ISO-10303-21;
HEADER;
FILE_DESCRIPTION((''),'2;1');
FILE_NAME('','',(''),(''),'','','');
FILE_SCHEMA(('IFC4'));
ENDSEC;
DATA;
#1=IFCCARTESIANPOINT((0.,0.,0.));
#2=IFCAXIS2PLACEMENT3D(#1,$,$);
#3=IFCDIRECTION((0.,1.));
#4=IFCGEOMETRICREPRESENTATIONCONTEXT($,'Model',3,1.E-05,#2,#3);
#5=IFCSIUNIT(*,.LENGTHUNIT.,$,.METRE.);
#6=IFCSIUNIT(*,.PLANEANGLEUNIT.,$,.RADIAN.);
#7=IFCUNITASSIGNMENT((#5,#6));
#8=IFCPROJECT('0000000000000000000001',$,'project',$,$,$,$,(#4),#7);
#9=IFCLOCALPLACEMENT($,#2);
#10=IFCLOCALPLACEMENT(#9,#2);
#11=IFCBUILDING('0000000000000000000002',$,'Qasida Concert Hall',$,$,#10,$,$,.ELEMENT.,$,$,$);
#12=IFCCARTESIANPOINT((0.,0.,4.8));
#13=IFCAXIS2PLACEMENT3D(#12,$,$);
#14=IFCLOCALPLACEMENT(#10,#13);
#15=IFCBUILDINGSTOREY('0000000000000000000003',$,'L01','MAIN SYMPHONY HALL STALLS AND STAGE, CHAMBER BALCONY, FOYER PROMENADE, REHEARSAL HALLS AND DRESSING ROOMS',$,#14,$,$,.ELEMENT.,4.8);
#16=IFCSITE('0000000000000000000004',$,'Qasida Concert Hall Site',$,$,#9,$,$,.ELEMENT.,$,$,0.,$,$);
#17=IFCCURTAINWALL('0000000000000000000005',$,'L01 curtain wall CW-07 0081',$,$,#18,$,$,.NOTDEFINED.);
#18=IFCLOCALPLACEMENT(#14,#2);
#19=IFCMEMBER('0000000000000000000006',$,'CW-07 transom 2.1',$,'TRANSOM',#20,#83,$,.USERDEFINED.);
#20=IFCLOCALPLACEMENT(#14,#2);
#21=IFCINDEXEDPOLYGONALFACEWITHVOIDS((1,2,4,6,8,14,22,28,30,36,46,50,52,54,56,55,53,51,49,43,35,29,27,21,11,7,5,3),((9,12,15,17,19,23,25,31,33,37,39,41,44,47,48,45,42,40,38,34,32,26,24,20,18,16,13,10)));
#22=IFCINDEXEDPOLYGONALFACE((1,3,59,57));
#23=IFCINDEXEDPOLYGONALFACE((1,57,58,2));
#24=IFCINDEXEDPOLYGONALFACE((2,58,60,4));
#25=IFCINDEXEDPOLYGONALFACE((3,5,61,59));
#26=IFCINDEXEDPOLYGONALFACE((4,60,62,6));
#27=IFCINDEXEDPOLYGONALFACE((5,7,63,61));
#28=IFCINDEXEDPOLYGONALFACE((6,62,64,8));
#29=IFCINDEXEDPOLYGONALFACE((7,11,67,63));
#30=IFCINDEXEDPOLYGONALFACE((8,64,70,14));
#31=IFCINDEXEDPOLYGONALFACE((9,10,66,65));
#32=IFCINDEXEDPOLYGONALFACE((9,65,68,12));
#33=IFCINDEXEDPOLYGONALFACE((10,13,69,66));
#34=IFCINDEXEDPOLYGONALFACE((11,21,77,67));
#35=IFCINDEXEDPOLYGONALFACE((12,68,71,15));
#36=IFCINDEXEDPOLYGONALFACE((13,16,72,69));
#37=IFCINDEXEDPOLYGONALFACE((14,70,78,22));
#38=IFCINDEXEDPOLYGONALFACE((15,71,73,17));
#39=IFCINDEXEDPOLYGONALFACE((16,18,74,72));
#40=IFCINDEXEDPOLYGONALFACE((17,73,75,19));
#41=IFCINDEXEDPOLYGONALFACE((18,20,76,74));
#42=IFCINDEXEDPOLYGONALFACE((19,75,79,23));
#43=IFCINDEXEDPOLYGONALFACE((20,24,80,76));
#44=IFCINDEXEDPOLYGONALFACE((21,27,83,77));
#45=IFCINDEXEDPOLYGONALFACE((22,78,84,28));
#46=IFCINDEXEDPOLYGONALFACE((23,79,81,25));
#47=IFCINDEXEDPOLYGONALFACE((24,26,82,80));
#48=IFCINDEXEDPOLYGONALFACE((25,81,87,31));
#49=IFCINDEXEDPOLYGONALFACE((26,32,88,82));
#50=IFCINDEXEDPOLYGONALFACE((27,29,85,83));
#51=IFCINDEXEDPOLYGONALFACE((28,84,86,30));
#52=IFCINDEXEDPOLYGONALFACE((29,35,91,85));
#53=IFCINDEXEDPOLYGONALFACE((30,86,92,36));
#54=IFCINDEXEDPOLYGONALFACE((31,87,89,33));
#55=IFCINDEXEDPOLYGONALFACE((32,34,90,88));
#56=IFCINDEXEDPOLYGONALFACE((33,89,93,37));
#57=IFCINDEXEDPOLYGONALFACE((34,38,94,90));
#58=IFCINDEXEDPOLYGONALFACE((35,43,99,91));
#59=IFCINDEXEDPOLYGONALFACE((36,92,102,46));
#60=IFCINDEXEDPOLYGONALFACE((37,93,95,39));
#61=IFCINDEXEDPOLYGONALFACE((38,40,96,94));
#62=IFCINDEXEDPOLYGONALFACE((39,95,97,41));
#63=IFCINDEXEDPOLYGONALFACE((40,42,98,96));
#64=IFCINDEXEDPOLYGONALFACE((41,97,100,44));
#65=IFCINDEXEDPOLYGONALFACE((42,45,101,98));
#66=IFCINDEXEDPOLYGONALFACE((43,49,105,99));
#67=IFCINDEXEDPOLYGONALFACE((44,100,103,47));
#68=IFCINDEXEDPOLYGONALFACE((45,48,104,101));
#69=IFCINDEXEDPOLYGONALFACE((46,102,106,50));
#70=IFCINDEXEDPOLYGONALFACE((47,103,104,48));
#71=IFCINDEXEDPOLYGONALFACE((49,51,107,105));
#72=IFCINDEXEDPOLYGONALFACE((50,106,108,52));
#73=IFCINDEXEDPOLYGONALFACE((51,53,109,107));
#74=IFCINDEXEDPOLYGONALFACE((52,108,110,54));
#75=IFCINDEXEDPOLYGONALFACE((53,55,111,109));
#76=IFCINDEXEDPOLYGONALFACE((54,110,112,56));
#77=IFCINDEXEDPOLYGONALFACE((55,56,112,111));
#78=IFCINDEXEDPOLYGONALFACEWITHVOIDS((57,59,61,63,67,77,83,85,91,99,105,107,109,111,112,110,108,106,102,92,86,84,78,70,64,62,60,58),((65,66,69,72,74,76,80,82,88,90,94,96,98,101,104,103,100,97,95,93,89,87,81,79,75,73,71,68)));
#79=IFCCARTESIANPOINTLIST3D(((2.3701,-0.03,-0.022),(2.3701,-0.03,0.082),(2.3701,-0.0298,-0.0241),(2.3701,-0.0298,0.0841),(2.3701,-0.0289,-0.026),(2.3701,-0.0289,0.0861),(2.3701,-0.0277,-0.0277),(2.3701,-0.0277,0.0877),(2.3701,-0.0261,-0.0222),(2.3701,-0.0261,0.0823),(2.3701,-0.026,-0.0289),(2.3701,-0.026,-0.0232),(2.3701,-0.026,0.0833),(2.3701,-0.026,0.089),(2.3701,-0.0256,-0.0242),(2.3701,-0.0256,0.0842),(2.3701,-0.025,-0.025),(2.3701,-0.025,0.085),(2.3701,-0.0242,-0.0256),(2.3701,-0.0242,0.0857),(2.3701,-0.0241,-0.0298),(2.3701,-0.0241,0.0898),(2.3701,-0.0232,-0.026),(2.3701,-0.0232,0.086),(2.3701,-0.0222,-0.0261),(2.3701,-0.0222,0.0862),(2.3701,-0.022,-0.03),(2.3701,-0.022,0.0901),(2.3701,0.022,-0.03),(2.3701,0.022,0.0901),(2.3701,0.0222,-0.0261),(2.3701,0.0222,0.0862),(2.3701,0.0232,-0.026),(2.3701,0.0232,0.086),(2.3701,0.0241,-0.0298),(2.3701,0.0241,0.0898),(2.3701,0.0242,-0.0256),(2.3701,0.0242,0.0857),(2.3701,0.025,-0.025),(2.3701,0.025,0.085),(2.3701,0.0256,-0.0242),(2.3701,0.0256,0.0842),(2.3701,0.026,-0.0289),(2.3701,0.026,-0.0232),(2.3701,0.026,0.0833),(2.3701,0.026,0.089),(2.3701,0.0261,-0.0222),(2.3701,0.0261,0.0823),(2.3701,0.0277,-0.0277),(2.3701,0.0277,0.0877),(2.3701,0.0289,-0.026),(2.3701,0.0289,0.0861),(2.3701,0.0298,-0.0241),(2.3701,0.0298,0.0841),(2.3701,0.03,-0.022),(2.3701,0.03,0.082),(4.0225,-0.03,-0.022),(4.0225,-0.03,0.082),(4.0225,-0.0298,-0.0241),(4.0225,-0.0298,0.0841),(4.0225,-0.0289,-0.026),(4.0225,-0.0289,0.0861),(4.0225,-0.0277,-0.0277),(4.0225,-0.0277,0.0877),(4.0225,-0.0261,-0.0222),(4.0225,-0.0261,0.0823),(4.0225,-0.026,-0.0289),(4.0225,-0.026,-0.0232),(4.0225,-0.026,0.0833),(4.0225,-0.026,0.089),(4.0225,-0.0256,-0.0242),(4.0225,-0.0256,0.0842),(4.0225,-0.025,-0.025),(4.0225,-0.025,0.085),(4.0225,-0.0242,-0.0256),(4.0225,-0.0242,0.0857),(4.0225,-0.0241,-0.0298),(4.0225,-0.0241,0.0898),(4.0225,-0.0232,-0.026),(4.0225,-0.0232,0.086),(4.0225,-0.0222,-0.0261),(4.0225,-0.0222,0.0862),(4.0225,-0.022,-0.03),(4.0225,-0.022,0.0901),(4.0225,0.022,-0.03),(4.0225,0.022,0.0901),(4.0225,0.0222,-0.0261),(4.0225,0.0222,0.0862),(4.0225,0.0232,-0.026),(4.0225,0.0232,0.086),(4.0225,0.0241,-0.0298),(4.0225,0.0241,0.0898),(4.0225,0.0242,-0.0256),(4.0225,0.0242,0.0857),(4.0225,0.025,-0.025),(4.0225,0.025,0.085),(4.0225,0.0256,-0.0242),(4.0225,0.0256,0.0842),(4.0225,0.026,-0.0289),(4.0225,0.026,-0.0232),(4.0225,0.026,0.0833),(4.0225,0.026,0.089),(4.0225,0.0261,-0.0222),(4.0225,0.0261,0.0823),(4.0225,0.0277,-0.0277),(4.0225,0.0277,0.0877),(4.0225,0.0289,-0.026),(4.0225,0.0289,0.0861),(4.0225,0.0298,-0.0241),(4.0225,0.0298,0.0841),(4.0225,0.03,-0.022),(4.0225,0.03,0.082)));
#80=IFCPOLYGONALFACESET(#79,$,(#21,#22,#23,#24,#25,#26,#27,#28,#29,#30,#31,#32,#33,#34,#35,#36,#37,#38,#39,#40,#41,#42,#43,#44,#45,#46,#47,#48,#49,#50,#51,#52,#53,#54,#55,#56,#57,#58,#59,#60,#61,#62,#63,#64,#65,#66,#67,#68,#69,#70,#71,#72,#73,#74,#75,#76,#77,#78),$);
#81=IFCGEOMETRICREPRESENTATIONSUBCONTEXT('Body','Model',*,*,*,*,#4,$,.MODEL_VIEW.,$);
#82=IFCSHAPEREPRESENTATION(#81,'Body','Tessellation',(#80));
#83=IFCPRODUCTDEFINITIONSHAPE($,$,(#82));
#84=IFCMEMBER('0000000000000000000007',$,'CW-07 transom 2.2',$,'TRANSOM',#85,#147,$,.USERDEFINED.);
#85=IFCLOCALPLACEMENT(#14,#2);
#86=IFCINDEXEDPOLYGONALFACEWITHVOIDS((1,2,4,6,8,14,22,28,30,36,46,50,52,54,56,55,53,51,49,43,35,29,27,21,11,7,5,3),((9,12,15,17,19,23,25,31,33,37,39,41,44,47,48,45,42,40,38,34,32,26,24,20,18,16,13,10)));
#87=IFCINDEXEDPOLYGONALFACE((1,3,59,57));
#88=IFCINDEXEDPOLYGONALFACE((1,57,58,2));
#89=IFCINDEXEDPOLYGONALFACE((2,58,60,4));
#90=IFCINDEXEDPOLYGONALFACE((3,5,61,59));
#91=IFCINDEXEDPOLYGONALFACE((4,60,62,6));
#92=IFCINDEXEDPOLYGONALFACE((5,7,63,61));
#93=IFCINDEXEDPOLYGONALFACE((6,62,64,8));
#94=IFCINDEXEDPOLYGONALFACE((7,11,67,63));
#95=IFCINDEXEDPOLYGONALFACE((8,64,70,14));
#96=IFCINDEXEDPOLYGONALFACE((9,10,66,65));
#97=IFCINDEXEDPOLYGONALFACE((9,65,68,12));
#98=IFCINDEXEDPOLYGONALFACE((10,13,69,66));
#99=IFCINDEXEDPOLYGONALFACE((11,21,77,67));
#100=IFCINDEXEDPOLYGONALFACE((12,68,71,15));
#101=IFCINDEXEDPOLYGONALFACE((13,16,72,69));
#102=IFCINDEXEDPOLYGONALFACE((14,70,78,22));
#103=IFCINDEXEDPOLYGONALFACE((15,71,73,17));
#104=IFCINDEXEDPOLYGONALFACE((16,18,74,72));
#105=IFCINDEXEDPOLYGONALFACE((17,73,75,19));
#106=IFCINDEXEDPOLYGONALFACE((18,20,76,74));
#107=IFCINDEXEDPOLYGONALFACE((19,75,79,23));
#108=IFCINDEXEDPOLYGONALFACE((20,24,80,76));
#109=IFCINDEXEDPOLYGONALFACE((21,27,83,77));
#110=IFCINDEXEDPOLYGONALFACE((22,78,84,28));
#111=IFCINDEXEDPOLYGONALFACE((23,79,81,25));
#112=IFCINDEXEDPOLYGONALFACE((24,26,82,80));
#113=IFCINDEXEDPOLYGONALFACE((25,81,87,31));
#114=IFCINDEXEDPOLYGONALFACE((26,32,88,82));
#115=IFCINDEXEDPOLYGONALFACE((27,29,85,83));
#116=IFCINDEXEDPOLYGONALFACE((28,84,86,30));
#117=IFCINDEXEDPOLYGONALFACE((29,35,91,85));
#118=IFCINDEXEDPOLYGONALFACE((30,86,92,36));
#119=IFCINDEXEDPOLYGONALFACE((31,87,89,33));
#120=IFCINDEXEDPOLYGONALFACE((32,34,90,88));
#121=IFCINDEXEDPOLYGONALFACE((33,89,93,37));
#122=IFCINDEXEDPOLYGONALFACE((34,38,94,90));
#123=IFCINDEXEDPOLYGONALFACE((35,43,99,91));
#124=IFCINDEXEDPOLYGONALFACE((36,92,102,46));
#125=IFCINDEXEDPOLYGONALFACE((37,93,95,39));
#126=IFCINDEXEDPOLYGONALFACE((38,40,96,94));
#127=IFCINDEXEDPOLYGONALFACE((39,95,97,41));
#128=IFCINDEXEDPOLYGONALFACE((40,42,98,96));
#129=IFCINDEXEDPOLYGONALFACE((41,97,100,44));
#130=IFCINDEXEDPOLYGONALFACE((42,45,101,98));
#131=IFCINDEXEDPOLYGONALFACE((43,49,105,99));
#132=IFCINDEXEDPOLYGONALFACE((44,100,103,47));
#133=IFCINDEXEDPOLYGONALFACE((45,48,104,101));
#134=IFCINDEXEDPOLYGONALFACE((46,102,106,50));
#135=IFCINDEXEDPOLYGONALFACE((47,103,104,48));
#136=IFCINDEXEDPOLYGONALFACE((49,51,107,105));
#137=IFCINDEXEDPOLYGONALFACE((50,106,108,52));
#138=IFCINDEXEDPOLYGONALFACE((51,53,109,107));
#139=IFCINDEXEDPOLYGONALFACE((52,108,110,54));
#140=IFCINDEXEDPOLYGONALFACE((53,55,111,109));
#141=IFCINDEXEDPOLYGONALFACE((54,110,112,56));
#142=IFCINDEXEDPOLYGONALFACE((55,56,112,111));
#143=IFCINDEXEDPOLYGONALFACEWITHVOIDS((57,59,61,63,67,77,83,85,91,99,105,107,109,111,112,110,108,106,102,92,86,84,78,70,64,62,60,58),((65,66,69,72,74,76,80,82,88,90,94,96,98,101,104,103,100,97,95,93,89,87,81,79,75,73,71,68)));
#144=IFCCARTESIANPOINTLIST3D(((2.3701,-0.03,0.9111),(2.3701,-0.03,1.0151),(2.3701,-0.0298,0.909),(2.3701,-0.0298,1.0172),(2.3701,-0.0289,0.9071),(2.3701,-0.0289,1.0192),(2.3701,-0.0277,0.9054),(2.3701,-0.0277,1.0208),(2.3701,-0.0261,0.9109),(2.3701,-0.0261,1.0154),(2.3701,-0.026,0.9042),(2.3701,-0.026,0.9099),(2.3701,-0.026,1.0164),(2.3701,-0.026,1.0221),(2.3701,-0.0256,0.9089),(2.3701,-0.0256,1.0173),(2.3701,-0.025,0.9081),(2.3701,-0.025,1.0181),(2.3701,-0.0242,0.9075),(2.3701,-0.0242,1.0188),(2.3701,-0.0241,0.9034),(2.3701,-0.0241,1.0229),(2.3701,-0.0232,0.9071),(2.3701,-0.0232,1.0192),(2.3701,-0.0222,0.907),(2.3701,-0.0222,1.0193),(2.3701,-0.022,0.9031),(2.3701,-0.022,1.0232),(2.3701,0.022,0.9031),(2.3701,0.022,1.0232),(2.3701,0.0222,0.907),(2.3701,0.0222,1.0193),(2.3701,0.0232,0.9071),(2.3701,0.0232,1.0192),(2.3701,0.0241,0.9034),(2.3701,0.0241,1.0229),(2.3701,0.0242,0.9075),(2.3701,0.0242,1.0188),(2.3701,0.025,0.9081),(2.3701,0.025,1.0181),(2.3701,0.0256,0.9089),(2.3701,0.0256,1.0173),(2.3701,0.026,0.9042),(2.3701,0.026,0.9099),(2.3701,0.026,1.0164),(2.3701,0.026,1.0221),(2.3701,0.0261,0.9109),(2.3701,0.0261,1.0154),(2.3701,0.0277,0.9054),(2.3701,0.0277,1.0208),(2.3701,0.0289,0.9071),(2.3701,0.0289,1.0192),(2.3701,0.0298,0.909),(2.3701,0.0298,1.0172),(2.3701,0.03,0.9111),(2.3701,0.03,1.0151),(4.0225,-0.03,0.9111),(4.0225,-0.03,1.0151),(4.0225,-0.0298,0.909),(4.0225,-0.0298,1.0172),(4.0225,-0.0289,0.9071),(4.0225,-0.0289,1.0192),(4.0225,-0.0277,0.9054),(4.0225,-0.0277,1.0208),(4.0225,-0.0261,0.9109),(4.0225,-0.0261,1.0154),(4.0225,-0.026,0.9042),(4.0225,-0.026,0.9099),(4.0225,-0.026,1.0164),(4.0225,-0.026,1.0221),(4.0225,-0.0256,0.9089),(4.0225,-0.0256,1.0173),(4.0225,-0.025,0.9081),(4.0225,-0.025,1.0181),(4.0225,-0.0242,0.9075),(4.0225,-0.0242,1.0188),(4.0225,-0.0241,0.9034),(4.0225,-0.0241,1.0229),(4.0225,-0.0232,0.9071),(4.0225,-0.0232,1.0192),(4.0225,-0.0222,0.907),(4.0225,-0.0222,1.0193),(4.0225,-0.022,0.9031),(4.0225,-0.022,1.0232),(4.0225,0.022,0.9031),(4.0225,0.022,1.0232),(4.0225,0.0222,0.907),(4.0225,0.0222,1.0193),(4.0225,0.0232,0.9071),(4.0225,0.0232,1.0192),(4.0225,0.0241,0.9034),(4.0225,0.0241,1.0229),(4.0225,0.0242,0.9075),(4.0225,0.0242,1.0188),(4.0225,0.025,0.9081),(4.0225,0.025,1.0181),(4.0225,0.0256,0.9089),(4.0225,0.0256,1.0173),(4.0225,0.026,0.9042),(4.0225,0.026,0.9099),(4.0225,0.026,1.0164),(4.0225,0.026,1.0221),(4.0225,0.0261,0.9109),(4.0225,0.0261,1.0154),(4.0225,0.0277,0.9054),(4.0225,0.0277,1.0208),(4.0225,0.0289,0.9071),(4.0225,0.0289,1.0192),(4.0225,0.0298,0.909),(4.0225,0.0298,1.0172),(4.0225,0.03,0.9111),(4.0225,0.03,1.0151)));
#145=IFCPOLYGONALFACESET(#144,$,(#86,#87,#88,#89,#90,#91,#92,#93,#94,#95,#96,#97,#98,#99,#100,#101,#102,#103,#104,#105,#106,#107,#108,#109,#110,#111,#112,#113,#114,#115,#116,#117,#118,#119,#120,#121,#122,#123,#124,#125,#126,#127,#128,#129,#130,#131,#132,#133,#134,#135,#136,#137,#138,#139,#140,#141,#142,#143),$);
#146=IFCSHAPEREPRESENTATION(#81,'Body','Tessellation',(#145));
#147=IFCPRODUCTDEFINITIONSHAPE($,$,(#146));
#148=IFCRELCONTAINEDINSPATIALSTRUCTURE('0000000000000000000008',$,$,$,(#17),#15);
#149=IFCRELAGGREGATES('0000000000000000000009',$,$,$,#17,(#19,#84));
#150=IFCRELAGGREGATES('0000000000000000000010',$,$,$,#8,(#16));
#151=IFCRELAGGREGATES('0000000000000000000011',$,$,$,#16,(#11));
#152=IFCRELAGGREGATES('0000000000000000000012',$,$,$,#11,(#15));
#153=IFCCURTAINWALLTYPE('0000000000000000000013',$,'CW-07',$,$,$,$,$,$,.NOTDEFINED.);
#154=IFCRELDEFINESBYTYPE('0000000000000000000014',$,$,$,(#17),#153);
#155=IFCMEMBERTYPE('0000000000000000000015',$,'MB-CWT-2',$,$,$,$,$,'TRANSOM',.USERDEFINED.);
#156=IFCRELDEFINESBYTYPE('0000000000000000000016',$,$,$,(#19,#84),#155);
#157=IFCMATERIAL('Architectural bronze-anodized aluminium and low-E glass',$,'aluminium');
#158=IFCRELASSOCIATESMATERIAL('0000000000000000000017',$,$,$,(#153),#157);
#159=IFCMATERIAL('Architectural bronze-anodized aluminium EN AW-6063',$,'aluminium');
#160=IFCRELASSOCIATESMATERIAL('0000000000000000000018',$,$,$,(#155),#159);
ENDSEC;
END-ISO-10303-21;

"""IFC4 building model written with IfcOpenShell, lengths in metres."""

from ifc_helpers import new_model, si_unit, direction, frame, origin, origin_2d, place, context, subcontext, project, spatial, hollow_rectangle, extrude, material, material_profile, profile_set, type_object, element, aggregate, save


model = new_model("IFC4")

# Units and contexts
model_context = context("Model", 3, precision=1e-05, world=origin(), true_north=direction((0.0, 1.0)))
body_context = subcontext(model_context, "Body", "Model", "MODEL_VIEW")
ifc_project = project(units=[si_unit("LENGTHUNIT", "METRE"), si_unit("PLANEANGLEUNIT", "RADIAN")], contexts=[model_context])

# Site, building, storey
site_placement = place(None, origin())
site = spatial("IfcSite", under=ifc_project, at=site_placement, Name="Qasida Concert Hall Site", CompositionType="ELEMENT", RefElevation=0.0)
building_placement = place(site_placement, origin())
building = spatial("IfcBuilding", under=site, at=building_placement, Name="Qasida Concert Hall", CompositionType="ELEMENT")
storey_placement = place(building_placement, frame((0.0, 0.0, 4.8)))
storey = spatial("IfcBuildingStorey", under=building, at=storey_placement, Name="L01", Description="MAIN SYMPHONY HALL STALLS AND STAGE, CHAMBER BALCONY, FOYER PROMENADE, REHEARSAL HALLS AND DRESSING ROOMS", CompositionType="ELEMENT", Elevation=4.8)

# Curtain wall, members
ifc_material_1 = material(Name="Architectural bronze-anodized aluminium and low-E glass", Category="aluminium")
curtain_wall_type = type_object("IfcCurtainWallType", Name="CW-07", PredefinedType="NOTDEFINED", material=ifc_material_1)
curtain_wall_placement = place(storey_placement, origin())
curtain_wall = element("IfcCurtainWall", 1, at=curtain_wall_placement, inside=storey, type_object=curtain_wall_type, Name="L01 curtain wall CW-07 0081", PredefinedType="NOTDEFINED")
ifc_material_2 = material(Name="Architectural bronze-anodized aluminium EN AW-6063", Category="aluminium")
ifc_material_profile_1 = material_profile(ifc_material_2, hollow_rectangle(XDim=0.0601, YDim=0.1201, WallThickness=0.0039, InnerFilletRadius=0.0039, OuterFilletRadius=0.0081, at=origin_2d()), Name="CWT 120x60x4")
ifc_profile_set_1 = profile_set([ifc_material_profile_1], Name="Architectural bronze-anodized aluminium EN AW-6063")
member_type_1 = type_object("IfcMemberType", Name="MB-CWT-2", ElementType="TRANSOM", PredefinedType="USERDEFINED", material=ifc_profile_set_1)
member_1_placement = place(storey_placement, frame((2.3701, 0.0, 0.03), z_axis=(1.0, 0.0, 0.0), x_axis=(0.0, 1.0, 0.0)))
member_1 = element("IfcMember", 2, at=member_1_placement, type_object=member_type_1, Name="CW-07 transom 2.1", ObjectType="TRANSOM", PredefinedType="USERDEFINED", context=body_context, shape_type="SweptSolid", body=[
    extrude(hollow_rectangle(XDim=0.0601, YDim=0.1201, WallThickness=0.0039, InnerFilletRadius=0.0039, OuterFilletRadius=0.0081, at=origin_2d()), origin(), (0.0, 0.0, 1.0), 1.6523),
])
member_2_placement = place(storey_placement, frame((2.3701, 0.0, 0.9631), z_axis=(1.0, 0.0, 0.0), x_axis=(0.0, 1.0, 0.0)))
member_2 = element("IfcMember", 3, at=member_2_placement, type_object=member_type_1, Name="CW-07 transom 2.2", ObjectType="TRANSOM", PredefinedType="USERDEFINED", context=body_context, shape_type="SweptSolid", body=[
    extrude(hollow_rectangle(XDim=0.0601, YDim=0.1201, WallThickness=0.0039, InnerFilletRadius=0.0039, OuterFilletRadius=0.0081, at=origin_2d()), origin(), (0.0, 0.0, 1.0), 1.6523),
])
aggregate(curtain_wall, [member_1, member_2])

save(model, "model.ifc")
